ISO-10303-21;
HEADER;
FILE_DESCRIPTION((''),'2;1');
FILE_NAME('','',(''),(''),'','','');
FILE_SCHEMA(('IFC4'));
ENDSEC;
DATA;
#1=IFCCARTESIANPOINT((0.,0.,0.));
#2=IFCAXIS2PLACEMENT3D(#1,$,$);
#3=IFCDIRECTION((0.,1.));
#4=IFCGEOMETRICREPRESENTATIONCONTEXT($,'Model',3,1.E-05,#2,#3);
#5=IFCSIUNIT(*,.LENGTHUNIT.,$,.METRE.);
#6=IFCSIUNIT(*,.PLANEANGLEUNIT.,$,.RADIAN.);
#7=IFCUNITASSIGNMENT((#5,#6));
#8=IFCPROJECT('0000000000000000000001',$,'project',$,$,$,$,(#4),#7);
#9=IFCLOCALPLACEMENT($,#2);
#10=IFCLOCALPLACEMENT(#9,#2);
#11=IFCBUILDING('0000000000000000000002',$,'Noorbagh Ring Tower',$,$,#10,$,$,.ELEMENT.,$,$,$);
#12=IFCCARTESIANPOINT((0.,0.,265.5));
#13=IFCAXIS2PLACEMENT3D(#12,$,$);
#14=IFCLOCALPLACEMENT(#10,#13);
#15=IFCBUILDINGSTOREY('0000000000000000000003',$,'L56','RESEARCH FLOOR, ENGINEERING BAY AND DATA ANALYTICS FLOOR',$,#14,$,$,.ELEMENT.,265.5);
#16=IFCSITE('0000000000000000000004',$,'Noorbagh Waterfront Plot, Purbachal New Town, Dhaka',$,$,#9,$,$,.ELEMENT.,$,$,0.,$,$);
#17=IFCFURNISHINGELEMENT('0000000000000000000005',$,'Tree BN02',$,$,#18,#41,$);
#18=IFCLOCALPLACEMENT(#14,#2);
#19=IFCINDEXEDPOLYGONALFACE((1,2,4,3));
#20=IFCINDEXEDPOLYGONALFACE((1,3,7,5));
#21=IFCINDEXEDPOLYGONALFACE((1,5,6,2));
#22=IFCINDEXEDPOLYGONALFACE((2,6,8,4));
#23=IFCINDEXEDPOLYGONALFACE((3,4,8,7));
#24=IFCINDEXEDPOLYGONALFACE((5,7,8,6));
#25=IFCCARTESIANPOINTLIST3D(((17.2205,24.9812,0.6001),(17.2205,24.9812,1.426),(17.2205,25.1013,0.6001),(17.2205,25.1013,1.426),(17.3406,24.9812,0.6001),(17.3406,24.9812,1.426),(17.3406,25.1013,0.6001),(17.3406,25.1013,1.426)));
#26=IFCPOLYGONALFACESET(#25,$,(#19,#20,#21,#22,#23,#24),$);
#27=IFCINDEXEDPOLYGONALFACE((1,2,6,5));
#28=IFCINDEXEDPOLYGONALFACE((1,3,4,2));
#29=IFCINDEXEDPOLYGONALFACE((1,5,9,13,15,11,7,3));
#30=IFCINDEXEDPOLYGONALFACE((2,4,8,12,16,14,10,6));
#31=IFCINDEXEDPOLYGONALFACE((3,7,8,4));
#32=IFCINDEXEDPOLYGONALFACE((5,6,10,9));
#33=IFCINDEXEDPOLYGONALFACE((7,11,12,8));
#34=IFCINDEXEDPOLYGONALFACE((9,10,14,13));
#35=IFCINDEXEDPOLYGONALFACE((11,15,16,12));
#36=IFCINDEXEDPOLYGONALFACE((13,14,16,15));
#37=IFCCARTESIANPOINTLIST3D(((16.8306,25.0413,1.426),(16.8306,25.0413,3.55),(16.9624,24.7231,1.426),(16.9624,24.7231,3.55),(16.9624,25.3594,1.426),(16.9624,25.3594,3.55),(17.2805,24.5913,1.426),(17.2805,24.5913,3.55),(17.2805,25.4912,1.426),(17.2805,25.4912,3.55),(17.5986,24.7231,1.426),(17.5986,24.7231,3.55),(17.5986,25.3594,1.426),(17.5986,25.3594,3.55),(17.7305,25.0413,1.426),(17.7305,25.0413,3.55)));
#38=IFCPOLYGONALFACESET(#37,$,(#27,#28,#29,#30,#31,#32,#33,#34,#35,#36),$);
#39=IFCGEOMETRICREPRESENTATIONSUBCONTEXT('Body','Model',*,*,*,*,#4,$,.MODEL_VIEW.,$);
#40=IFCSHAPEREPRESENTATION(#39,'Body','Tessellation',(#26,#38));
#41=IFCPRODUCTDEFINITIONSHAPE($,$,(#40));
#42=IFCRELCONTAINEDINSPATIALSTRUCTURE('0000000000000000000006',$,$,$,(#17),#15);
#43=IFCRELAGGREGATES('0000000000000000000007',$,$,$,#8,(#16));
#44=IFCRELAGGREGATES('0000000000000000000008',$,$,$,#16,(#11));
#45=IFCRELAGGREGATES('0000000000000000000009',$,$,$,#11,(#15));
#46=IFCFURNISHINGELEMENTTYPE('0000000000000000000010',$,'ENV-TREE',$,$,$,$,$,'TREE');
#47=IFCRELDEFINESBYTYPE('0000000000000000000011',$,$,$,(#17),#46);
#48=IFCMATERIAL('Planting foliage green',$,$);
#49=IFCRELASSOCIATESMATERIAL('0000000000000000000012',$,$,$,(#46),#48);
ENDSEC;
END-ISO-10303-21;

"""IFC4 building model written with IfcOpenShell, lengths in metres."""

from ifc_helpers import new_model, si_unit, direction, frame, origin, origin_2d, place, context, subcontext, project, spatial, polyline, rectangle, outline, extrude, material, type_object, element, save


model = new_model("IFC4")

# Units and contexts
model_context = context("Model", 3, precision=1e-05, world=origin(), true_north=direction((0.0, 1.0)))
body_context = subcontext(model_context, "Body", "Model", "MODEL_VIEW")
ifc_project = project(units=[si_unit("LENGTHUNIT", "METRE"), si_unit("PLANEANGLEUNIT", "RADIAN")], contexts=[model_context])

# Site, building, storey
site_placement = place(None, origin())
site = spatial("IfcSite", under=ifc_project, at=site_placement, Name="Noorbagh Waterfront Plot, Purbachal New Town, Dhaka", CompositionType="ELEMENT", RefElevation=0.0)
building_placement = place(site_placement, origin())
building = spatial("IfcBuilding", under=site, at=building_placement, Name="Noorbagh Ring Tower", CompositionType="ELEMENT")
storey_placement = place(building_placement, frame((0.0, 0.0, 265.5)))
storey = spatial("IfcBuildingStorey", under=building, at=storey_placement, Name="L56", Description="RESEARCH FLOOR, ENGINEERING BAY AND DATA ANALYTICS FLOOR", CompositionType="ELEMENT", Elevation=265.5)

# Furnishing element
ifc_material_1 = material(Name="Planting foliage green")
furnishing_element_type = type_object("IfcFurnishingElementType", Name="ENV-TREE", ElementType="TREE", material=ifc_material_1)
furnishing_placement = place(storey_placement, frame((17.2805, 25.0413, 0.6001), z_axis=(0.0, 0.0, 1.0), x_axis=(1.0, 0.0, 0.0)))
element("IfcFurnishingElement", 1, at=furnishing_placement, inside=storey, type_object=furnishing_element_type, Name="Tree BN02", context=body_context, shape_type="SweptSolid", body=[
    extrude(rectangle(XDim=0.1201, YDim=0.1201, at=origin_2d()), origin(), (0.0, 0.0, 1.0), 0.8259),
    extrude(outline(polyline([(0.45, 0.0), (0.3181, 0.3181), (0.0, 0.45), (-0.3181, 0.3181), (-0.45, 0.0), (-0.3181, -0.3181), (0.0, -0.45), (0.3181, -0.3181), (0.45, 0.0)])), frame((0.0, 0.0, 0.8259)), (0.0, 0.0, 1.0), 2.124),
])

save(model, "model.ifc")
